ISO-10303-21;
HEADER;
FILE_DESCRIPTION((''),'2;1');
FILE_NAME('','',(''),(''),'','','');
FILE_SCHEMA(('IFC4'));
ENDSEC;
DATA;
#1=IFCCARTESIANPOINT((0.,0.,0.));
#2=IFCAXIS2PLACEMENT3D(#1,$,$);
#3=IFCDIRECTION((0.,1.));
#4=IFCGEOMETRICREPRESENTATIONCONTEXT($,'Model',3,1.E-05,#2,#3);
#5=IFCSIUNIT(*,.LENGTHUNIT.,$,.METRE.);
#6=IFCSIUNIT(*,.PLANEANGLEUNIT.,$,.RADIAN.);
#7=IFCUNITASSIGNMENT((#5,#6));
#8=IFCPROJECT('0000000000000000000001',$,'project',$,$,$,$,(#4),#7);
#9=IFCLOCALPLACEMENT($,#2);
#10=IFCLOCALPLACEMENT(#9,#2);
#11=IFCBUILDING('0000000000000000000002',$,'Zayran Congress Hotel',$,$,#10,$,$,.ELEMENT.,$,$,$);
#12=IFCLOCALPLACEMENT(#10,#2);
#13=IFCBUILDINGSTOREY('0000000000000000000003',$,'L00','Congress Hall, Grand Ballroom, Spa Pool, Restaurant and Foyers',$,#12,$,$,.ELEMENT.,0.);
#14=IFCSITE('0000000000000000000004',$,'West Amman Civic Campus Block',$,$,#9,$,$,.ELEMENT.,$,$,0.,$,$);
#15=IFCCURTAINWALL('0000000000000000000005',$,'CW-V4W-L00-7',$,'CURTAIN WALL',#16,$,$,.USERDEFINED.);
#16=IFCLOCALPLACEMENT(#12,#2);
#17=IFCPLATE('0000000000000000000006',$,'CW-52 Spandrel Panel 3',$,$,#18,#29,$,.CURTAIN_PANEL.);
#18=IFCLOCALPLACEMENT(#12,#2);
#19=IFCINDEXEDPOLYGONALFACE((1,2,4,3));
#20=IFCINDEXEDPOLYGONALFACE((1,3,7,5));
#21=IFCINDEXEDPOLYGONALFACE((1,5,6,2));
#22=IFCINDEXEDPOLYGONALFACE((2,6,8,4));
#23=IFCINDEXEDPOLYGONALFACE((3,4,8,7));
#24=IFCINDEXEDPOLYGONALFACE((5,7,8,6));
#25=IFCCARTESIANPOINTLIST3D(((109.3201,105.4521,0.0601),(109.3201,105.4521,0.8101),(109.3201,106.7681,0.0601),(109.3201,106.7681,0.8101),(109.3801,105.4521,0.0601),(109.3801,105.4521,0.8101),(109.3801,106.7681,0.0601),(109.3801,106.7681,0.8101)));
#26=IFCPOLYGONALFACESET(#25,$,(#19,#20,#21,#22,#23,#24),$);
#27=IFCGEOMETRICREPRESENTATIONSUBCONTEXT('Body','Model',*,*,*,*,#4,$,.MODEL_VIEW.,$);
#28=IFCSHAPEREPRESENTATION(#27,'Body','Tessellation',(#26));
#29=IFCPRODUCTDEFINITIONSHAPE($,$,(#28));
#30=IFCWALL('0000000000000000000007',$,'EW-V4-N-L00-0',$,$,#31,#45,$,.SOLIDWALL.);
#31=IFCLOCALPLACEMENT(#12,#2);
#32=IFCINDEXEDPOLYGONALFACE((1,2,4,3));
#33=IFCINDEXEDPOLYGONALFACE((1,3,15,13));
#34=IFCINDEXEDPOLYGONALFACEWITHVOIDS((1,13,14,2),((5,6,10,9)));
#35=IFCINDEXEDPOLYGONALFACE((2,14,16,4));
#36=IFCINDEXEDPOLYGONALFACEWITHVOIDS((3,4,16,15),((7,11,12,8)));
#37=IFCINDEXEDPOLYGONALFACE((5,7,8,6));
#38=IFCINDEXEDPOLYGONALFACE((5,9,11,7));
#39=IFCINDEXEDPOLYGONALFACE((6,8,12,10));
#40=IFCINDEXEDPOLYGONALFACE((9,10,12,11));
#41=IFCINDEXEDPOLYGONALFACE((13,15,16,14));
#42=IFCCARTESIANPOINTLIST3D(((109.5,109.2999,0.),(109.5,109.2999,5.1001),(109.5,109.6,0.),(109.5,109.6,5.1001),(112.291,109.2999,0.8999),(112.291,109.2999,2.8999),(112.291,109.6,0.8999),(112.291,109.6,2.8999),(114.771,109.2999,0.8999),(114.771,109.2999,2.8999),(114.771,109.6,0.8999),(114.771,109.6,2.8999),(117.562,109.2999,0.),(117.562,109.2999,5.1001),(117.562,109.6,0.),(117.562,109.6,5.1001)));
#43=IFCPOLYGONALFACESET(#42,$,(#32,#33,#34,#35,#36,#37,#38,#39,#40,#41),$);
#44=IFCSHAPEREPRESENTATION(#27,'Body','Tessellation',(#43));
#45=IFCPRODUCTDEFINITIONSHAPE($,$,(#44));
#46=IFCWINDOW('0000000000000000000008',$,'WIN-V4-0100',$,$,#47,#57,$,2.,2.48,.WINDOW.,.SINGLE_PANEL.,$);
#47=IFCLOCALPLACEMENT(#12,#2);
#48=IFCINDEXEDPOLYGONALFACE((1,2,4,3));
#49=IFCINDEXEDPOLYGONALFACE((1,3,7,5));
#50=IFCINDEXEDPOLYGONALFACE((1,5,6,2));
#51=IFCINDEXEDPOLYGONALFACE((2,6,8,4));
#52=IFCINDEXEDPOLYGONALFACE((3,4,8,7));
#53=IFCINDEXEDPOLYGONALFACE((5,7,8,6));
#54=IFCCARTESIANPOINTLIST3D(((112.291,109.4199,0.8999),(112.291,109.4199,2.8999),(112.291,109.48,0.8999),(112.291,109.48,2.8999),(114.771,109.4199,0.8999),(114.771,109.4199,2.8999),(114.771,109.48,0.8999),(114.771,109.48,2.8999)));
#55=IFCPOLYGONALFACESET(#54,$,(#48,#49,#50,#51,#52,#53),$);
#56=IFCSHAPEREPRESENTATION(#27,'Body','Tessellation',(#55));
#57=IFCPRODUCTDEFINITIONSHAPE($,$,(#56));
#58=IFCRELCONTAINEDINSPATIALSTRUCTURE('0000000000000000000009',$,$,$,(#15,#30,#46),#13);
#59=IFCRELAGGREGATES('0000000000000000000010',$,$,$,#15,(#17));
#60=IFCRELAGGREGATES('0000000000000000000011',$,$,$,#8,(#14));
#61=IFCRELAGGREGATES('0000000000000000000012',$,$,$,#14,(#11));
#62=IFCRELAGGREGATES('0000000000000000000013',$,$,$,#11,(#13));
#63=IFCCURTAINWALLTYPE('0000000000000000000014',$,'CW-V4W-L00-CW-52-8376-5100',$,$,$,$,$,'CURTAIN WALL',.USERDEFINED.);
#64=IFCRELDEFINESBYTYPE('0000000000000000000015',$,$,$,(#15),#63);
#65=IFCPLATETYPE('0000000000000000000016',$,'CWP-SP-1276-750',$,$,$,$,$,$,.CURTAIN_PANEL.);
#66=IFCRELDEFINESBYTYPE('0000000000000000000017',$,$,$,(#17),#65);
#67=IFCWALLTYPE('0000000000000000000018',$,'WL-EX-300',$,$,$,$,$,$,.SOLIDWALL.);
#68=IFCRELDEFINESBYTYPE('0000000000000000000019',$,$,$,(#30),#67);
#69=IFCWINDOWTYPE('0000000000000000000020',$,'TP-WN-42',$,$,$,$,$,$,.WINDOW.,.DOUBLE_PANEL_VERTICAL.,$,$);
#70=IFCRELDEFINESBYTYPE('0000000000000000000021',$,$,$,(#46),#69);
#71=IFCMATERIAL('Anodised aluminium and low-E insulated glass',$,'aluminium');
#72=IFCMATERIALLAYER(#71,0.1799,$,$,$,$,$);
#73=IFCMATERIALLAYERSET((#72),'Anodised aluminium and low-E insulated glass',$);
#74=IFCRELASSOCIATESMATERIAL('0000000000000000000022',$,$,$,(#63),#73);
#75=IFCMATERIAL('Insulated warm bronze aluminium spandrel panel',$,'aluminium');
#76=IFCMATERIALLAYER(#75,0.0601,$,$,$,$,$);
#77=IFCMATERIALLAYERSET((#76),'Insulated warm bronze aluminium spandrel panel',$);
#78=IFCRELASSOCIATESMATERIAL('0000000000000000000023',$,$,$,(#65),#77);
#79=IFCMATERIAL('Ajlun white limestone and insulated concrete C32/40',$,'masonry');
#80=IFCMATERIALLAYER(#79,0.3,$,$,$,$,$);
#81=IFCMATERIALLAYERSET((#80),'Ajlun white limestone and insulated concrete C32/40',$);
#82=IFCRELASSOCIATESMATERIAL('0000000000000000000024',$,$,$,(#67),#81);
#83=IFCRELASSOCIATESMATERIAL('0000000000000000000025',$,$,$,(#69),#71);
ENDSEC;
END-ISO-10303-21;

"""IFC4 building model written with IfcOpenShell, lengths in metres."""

from ifc_helpers import new_model, si_unit, direction, frame, frame_2d, origin, origin_2d, place, context, subcontext, project, spatial, rectangle, extrude, material, layer, layer_set, type_object, element, fill, aggregate, save


model = new_model("IFC4")

# Units and contexts
model_context = context("Model", 3, precision=1e-05, world=origin(), true_north=direction((0.0, 1.0)))
body_context = subcontext(model_context, "Body", "Model", "MODEL_VIEW")
ifc_project = project(units=[si_unit("LENGTHUNIT", "METRE"), si_unit("PLANEANGLEUNIT", "RADIAN")], contexts=[model_context])

# Site, building, storey
site_placement = place(None, origin())
site = spatial("IfcSite", under=ifc_project, at=site_placement, Name="West Amman Civic Campus Block", CompositionType="ELEMENT", RefElevation=0.0)
building_placement = place(site_placement, origin())
building = spatial("IfcBuilding", under=site, at=building_placement, Name="Zayran Congress Hotel", CompositionType="ELEMENT")
storey_placement = place(building_placement, origin())
storey = spatial("IfcBuildingStorey", under=building, at=storey_placement, Name="L00", Description="Congress Hall, Grand Ballroom, Spa Pool, Restaurant and Foyers", CompositionType="ELEMENT", Elevation=0.0)

# Curtain wall, plate
ifc_material_1 = material(Name="Anodised aluminium and low-E insulated glass", Category="aluminium")
ifc_layer_1 = layer(ifc_material_1, 0.1799)
ifc_layer_set_1 = layer_set([ifc_layer_1], Name="Anodised aluminium and low-E insulated glass")
curtain_wall_type = type_object("IfcCurtainWallType", Name="CW-V4W-L00-CW-52-8376-5100", ElementType="CURTAIN WALL", PredefinedType="USERDEFINED", material=ifc_layer_set_1)
curtain_wall_placement = place(storey_placement, origin())
curtain_wall = element("IfcCurtainWall", 1, at=curtain_wall_placement, inside=storey, type_object=curtain_wall_type, Name="CW-V4W-L00-7", ObjectType="CURTAIN WALL", PredefinedType="USERDEFINED")
ifc_material_2 = material(Name="Insulated warm bronze aluminium spandrel panel", Category="aluminium")
ifc_layer_2 = layer(ifc_material_2, 0.0601)
ifc_layer_set_2 = layer_set([ifc_layer_2], Name="Insulated warm bronze aluminium spandrel panel")
plate_type_1 = type_object("IfcPlateType", Name="CWP-SP-1276-750", PredefinedType="CURTAIN_PANEL", material=ifc_layer_set_2)
plate_1_placement = place(storey_placement, frame((109.3501, 106.1101, 0.0601), z_axis=(0.0, 0.0, 1.0), x_axis=(0.0, 1.0, 0.0)))
plate_1 = element("IfcPlate", 2, at=plate_1_placement, type_object=plate_type_1, Name="CW-52 Spandrel Panel 3", PredefinedType="CURTAIN_PANEL", context=body_context, shape_type="SweptSolid", body=[
    extrude(rectangle(XDim=1.3159, YDim=0.0601, at=origin_2d()), origin(), (0.0, 0.0, 1.0), 0.75),
])
aggregate(curtain_wall, [plate_1])

# Wall, opening, window
ifc_material_3 = material(Name="Ajlun white limestone and insulated concrete C32/40", Category="masonry")
ifc_layer_3 = layer(ifc_material_3, 0.3)
ifc_layer_set_3 = layer_set([ifc_layer_3], Name="Ajlun white limestone and insulated concrete C32/40")
wall_type = type_object("IfcWallType", Name="WL-EX-300", PredefinedType="SOLIDWALL", material=ifc_layer_set_3)
wall_placement = place(storey_placement, frame((109.5, 109.45, 0.0), z_axis=(0.0, 0.0, 1.0), x_axis=(1.0, 0.0, 0.0)))
wall = element("IfcWall", 3, at=wall_placement, inside=storey, type_object=wall_type, Name="EW-V4-N-L00-0", PredefinedType="SOLIDWALL", context=body_context, shape_type="SweptSolid", body=[
    extrude(rectangle(XDim=8.062, YDim=0.3, at=frame_2d((4.031, 0.0))), origin(), (0.0, 0.0, 1.0), 5.1001),
])
opening_placement = place(wall_placement, frame((2.791, 0.0, 0.8999)))
opening = element("IfcOpeningElement", 4, at=opening_placement, cuts=wall, PredefinedType="OPENING", context=body_context, shape_type="SweptSolid", body=[
    extrude(rectangle(XDim=2.48, YDim=2.0, at=frame_2d((1.24, 1.0))), frame((0.0, 0.1599, 0.0), z_axis=(0.0, -1.0, 0.0), x_axis=(1.0, 0.0, 0.0)), (0.0, 0.0, 1.0), 0.3201),
])
window_type = type_object("IfcWindowType", Name="TP-WN-42", PartitioningType="DOUBLE_PANEL_VERTICAL", PredefinedType="WINDOW", material=ifc_material_1)
window_placement = place(opening_placement, origin())
window = element("IfcWindow", 5, at=window_placement, inside=storey, type_object=window_type, Name="WIN-V4-0100", OverallHeight=2.0, OverallWidth=2.48, PartitioningType="SINGLE_PANEL", PredefinedType="WINDOW", context=body_context, shape_type="SweptSolid", body=[
    extrude(rectangle(XDim=2.48, YDim=2.0, at=frame_2d((1.24, 1.0))), frame((0.0, 0.03, 0.0), z_axis=(0.0, -1.0, 0.0), x_axis=(1.0, 0.0, 0.0)), (0.0, 0.0, 1.0), 0.0601),
])
fill(opening, window)

save(model, "model.ifc")
